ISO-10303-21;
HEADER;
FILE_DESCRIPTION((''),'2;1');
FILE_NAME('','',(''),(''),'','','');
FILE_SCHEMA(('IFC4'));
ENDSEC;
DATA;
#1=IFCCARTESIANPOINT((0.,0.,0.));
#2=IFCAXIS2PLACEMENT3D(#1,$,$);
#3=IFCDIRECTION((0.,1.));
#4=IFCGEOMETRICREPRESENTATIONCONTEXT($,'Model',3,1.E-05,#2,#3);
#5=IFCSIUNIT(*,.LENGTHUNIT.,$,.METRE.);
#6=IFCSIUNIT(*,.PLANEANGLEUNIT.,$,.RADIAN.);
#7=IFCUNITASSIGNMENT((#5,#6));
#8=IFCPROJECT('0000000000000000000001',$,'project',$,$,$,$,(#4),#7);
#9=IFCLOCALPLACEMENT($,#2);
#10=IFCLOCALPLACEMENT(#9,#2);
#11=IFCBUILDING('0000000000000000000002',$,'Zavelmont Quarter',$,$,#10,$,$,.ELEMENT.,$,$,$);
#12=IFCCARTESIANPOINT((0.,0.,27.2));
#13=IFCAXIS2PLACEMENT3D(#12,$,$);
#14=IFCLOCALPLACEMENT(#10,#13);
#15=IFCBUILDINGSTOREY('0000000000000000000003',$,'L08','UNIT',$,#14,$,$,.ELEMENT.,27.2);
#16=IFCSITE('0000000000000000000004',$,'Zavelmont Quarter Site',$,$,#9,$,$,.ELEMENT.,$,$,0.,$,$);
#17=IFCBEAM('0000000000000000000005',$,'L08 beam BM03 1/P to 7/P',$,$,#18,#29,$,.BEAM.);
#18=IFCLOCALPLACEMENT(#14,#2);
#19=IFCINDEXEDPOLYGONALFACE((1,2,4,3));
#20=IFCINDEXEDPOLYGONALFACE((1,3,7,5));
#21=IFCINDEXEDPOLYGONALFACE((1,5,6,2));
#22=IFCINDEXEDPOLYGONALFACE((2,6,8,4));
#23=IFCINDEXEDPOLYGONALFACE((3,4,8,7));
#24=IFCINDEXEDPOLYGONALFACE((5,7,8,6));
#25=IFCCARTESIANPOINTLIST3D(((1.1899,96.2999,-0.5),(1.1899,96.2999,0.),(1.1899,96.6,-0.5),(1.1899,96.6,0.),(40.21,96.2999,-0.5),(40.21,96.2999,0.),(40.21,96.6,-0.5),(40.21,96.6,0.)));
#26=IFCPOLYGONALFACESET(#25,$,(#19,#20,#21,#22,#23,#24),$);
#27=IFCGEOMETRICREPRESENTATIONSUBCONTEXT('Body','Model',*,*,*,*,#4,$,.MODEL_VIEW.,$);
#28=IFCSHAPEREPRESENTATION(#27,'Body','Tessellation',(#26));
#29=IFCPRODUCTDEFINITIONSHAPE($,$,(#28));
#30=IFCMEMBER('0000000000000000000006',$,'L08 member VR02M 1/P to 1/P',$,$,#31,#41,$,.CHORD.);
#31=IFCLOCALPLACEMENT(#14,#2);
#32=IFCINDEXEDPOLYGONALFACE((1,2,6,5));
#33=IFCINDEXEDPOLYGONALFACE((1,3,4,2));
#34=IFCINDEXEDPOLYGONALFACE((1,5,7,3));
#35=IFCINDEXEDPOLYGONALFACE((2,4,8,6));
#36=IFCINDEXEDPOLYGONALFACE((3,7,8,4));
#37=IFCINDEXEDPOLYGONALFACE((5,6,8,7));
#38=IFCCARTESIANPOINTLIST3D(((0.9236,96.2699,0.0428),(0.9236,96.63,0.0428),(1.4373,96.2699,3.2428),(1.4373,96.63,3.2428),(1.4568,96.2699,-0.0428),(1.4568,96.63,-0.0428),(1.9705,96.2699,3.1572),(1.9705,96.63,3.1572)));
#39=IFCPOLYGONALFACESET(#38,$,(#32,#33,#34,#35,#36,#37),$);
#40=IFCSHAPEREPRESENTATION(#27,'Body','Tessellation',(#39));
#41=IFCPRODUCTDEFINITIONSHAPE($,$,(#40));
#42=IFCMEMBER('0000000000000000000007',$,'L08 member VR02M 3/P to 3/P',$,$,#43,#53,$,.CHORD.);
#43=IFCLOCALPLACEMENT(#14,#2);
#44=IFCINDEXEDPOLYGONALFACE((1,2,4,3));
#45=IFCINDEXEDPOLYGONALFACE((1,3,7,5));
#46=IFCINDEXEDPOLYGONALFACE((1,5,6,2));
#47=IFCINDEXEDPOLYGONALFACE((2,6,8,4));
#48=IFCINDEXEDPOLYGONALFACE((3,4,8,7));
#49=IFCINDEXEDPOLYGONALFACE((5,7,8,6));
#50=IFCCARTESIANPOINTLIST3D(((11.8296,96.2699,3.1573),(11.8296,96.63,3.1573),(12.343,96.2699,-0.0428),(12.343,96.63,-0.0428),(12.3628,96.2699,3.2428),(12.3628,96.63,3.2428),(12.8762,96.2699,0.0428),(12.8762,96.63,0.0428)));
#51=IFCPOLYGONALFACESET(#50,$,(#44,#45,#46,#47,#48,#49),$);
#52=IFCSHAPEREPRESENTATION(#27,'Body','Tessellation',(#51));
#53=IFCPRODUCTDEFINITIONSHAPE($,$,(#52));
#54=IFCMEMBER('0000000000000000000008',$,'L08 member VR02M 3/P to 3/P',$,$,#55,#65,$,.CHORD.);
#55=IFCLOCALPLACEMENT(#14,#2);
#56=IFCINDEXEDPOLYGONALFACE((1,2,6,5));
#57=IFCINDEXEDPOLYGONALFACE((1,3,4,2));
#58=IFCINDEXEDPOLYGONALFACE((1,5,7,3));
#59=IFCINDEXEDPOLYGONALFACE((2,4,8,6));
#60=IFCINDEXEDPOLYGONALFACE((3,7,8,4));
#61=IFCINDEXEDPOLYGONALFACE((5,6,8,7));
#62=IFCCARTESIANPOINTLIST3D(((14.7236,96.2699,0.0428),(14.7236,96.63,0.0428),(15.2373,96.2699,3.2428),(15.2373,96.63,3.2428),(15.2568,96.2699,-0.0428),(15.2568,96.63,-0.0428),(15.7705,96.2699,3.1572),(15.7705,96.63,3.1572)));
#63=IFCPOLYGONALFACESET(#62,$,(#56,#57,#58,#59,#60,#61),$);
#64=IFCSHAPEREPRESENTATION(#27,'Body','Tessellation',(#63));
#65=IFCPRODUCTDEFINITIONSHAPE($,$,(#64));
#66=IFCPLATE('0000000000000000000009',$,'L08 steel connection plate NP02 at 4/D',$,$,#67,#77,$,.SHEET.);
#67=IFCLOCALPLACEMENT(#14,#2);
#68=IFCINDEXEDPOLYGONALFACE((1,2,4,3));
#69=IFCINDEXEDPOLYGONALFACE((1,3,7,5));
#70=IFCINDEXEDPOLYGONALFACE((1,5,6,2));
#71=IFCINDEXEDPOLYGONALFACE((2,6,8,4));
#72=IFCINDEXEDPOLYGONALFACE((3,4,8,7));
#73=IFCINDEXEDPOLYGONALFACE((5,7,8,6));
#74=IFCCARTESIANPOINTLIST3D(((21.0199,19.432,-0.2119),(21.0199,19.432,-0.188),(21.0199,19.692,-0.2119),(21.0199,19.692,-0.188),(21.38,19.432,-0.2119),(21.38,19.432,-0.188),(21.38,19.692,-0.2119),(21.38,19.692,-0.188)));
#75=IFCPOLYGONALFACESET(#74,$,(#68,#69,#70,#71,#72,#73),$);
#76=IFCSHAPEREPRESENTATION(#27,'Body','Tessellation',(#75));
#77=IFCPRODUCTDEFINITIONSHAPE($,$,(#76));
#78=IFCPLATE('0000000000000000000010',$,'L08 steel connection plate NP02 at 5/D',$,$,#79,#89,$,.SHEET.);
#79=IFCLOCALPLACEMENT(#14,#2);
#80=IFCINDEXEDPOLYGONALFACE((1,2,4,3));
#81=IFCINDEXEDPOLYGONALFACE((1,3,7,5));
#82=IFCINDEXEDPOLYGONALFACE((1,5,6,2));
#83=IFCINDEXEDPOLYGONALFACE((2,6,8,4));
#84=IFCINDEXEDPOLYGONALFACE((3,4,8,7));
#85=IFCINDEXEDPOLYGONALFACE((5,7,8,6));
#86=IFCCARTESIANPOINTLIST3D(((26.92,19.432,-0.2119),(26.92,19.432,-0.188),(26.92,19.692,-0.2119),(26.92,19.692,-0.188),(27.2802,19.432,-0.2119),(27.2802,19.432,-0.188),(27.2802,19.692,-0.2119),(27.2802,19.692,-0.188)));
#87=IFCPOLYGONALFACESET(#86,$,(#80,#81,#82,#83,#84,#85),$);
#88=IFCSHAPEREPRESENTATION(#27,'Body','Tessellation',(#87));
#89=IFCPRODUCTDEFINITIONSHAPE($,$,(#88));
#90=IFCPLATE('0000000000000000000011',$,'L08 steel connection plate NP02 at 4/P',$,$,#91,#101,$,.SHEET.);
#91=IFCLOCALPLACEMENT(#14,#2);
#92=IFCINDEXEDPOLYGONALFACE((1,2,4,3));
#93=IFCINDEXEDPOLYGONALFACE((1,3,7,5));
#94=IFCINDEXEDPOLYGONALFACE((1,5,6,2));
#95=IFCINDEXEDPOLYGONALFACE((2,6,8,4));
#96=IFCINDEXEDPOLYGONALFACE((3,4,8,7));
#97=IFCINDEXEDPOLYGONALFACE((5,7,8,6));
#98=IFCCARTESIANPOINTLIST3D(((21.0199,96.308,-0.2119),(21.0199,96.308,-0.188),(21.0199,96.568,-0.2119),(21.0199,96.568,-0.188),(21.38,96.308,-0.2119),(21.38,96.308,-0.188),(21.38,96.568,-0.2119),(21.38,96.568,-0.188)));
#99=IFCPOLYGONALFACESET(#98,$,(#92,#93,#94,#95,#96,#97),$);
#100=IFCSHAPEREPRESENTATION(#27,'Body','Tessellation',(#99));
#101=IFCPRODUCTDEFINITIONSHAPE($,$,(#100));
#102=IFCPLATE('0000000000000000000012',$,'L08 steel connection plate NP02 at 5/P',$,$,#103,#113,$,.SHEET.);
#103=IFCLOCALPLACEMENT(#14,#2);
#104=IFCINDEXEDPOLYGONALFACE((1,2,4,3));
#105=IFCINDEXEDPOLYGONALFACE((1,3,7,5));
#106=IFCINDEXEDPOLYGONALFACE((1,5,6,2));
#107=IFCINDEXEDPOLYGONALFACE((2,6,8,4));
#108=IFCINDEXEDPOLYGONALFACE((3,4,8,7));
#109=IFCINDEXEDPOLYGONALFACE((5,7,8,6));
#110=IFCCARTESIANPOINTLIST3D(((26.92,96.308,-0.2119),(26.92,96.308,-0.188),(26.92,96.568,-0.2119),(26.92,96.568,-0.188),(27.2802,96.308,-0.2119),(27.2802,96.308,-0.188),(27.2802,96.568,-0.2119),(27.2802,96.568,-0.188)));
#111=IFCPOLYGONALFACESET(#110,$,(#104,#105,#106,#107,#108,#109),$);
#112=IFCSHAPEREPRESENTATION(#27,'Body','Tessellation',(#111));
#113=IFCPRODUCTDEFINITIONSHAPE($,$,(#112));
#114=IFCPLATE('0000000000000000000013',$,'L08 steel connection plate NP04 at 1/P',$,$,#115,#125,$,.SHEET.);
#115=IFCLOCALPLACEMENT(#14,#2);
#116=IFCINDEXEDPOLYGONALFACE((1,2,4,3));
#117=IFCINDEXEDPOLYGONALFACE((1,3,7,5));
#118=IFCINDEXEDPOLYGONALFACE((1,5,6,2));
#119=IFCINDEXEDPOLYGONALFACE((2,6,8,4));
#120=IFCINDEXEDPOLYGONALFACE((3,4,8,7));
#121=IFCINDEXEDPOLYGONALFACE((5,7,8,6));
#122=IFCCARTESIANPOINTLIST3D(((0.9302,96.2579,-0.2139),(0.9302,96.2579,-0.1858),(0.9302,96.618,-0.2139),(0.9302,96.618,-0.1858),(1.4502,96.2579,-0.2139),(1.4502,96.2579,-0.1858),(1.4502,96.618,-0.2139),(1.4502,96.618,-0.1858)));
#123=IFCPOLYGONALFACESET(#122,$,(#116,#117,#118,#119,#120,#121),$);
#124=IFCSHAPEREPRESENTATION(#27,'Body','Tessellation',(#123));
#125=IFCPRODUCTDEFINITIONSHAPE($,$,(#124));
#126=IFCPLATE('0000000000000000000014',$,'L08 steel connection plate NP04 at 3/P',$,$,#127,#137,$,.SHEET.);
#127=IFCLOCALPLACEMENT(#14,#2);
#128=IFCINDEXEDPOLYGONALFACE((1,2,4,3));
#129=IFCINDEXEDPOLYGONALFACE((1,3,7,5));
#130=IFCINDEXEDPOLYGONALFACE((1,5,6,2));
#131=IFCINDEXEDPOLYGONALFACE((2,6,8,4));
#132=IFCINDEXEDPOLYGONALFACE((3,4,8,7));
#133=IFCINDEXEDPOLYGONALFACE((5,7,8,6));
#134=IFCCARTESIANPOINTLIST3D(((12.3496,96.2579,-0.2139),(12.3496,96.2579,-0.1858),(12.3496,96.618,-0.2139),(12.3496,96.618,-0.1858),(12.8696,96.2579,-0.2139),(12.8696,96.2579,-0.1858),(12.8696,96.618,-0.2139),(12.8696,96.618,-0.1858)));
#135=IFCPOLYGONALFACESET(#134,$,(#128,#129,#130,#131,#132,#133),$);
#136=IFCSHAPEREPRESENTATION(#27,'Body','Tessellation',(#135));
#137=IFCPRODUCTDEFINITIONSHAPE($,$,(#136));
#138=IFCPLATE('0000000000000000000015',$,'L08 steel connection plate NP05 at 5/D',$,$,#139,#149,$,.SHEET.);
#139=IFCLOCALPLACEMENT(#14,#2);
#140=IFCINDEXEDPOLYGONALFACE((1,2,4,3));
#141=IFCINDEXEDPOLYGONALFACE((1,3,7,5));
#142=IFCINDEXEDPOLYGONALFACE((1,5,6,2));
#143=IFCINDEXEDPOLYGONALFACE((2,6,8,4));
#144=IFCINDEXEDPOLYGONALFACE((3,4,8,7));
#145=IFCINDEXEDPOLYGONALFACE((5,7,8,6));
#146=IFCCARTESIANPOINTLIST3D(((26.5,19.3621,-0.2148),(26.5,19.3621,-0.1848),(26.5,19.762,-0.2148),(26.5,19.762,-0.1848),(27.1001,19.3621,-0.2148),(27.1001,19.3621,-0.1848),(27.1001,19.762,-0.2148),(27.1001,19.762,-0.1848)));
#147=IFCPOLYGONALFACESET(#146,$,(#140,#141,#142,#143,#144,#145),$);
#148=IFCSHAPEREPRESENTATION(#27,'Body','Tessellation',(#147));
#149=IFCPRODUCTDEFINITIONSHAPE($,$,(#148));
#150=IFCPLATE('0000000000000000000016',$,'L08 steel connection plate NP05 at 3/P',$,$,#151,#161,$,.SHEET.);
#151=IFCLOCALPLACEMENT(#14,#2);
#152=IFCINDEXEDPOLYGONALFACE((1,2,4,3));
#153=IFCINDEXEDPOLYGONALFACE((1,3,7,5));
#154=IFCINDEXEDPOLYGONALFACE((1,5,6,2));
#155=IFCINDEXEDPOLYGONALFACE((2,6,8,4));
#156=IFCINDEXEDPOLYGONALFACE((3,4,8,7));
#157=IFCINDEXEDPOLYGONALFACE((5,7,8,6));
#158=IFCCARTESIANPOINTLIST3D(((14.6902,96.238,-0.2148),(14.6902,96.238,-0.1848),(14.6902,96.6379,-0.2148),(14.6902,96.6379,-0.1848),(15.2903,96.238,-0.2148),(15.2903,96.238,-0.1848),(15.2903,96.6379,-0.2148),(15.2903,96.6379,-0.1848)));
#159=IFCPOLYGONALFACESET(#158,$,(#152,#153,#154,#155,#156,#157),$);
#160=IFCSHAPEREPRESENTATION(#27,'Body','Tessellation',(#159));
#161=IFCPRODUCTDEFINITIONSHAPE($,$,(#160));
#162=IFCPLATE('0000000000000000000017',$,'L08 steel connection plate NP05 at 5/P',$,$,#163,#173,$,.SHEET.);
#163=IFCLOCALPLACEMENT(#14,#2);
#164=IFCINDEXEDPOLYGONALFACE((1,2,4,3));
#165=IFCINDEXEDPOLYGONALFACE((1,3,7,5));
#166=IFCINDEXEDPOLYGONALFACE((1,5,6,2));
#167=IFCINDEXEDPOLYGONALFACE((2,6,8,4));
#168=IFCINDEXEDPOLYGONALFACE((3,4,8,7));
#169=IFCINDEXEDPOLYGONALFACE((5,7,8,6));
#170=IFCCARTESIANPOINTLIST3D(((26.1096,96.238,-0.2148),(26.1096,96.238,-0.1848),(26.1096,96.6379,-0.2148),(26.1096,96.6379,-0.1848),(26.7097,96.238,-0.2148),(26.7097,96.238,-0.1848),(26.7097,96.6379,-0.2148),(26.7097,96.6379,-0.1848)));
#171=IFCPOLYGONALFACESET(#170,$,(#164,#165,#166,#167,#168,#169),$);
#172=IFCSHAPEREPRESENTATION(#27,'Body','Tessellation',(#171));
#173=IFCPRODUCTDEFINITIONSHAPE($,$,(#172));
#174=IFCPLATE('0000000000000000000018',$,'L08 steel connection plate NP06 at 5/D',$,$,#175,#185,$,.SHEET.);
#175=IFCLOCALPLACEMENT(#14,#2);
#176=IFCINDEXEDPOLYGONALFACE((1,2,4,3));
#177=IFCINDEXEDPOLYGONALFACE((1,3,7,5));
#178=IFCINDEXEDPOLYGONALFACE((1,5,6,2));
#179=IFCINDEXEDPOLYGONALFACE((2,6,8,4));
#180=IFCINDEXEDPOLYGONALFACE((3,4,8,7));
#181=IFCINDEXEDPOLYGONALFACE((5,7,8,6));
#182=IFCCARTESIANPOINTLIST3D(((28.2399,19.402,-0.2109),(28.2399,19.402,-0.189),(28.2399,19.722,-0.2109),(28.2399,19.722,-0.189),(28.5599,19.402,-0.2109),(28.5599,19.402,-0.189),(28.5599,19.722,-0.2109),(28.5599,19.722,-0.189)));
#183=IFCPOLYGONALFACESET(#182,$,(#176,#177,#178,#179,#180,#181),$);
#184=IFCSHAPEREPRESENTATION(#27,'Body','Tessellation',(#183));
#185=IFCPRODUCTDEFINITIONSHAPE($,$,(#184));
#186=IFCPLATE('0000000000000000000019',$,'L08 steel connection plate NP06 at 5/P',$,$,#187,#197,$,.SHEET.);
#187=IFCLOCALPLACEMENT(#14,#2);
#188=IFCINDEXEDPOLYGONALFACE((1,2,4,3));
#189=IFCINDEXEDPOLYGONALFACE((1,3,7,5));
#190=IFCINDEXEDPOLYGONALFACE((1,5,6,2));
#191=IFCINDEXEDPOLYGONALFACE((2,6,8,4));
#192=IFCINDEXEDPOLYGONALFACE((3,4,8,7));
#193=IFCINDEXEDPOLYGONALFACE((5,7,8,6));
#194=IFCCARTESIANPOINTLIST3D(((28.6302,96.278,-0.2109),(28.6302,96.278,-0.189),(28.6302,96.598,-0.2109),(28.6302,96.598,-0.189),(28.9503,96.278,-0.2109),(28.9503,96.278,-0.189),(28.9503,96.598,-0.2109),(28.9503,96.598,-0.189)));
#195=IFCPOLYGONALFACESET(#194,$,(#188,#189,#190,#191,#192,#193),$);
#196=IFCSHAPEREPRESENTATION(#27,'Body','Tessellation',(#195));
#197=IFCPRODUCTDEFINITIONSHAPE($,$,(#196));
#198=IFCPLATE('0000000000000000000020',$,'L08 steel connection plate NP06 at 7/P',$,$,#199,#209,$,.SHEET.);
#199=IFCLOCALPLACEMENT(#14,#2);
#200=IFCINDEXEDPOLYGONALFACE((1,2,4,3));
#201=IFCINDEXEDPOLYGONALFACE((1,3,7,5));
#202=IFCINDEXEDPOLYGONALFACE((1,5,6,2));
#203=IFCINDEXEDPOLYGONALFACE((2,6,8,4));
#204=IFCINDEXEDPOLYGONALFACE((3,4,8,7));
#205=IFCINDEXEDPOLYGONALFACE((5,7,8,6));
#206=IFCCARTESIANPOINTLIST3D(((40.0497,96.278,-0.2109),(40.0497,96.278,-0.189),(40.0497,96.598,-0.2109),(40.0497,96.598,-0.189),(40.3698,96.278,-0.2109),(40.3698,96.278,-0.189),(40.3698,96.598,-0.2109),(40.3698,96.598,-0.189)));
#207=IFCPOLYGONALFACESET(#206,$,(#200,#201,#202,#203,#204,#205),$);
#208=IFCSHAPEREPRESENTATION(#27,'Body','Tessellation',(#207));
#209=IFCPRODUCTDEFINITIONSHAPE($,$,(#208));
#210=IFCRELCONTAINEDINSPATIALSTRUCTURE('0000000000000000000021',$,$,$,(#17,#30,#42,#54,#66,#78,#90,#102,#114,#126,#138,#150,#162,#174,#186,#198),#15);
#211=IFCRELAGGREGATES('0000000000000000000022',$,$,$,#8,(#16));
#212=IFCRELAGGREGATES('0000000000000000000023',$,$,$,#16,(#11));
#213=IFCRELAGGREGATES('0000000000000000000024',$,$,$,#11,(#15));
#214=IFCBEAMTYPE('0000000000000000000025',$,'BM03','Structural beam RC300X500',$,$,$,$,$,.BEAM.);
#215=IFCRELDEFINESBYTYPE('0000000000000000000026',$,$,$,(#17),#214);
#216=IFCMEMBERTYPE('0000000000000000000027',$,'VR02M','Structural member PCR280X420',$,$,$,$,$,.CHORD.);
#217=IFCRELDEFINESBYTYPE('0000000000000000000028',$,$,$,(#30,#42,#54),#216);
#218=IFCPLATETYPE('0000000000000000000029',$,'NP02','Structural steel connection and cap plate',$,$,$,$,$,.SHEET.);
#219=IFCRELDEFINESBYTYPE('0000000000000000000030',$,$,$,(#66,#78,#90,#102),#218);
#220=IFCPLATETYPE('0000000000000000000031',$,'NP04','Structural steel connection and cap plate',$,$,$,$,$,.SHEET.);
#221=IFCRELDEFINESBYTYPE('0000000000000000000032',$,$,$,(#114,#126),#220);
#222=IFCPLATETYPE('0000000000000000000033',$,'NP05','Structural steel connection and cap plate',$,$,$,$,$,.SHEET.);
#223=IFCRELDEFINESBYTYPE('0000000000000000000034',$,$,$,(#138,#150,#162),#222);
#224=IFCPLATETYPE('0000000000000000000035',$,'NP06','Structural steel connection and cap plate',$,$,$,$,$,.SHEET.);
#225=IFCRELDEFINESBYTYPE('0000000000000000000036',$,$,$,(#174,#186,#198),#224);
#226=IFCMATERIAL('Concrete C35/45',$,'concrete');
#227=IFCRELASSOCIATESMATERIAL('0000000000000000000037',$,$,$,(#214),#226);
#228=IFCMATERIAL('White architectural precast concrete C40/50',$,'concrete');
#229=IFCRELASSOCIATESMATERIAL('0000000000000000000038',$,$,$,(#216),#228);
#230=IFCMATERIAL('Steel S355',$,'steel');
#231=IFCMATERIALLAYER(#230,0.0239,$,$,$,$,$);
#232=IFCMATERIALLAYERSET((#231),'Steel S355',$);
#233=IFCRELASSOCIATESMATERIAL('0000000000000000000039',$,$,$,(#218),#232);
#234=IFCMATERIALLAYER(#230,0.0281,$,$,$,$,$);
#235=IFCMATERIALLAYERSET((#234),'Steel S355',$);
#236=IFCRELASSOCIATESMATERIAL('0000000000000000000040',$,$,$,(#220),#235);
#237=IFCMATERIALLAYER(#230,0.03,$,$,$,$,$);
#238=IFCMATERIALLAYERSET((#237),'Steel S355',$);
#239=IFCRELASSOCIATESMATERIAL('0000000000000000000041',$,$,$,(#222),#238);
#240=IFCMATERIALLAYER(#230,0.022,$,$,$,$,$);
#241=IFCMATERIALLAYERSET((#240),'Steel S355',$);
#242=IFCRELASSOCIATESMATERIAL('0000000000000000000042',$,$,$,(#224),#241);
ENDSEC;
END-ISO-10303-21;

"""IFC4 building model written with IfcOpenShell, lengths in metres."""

from ifc_helpers import new_model, si_unit, direction, frame, origin, origin_2d, place, context, subcontext, project, spatial, rectangle, extrude, material, layer, layer_set, material_profile, profile_set, type_object, element, save


model = new_model("IFC4")

# Units and contexts
model_context = context("Model", 3, precision=1e-05, world=origin(), true_north=direction((0.0, 1.0)))
body_context = subcontext(model_context, "Body", "Model", "MODEL_VIEW")
ifc_project = project(units=[si_unit("LENGTHUNIT", "METRE"), si_unit("PLANEANGLEUNIT", "RADIAN")], contexts=[model_context])

# Site, building, storey
site_placement = place(None, origin())
site = spatial("IfcSite", under=ifc_project, at=site_placement, Name="Zavelmont Quarter Site", CompositionType="ELEMENT", RefElevation=0.0)
building_placement = place(site_placement, origin())
building = spatial("IfcBuilding", under=site, at=building_placement, Name="Zavelmont Quarter", CompositionType="ELEMENT")
storey_placement = place(building_placement, frame((0.0, 0.0, 27.2)))
storey = spatial("IfcBuildingStorey", under=building, at=storey_placement, Name="L08", Description="UNIT", CompositionType="ELEMENT", Elevation=27.2)

# Beam
ifc_material_1 = material(Name="Concrete C35/45", Category="concrete")
ifc_material_profile_1 = material_profile(ifc_material_1, rectangle(XDim=0.3, YDim=0.5, at=origin_2d()), Name="RC300X500")
ifc_profile_set_1 = profile_set([ifc_material_profile_1], Name="Concrete C35/45")
beam_type = type_object("IfcBeamType", Name="BM03", Description="Structural beam RC300X500", PredefinedType="BEAM", material=ifc_profile_set_1)
beam_placement = place(storey_placement, frame((1.1899, 96.45, -0.25), z_axis=(1.0, 0.0, 0.0), x_axis=(0.0, 1.0, 0.0)))
element("IfcBeam", 1, at=beam_placement, inside=storey, type_object=beam_type, Name="L08 beam BM03 1/P to 7/P", PredefinedType="BEAM", context=body_context, shape_type="SweptSolid", body=[
    extrude(rectangle(XDim=0.3, YDim=0.5, at=origin_2d()), origin(), (0.0, 0.0, 1.0), 39.02),
])

# Members
ifc_material_2 = material(Name="White architectural precast concrete C40/50", Category="concrete")
ifc_material_profile_2 = material_profile(ifc_material_2, rectangle(XDim=0.3601, YDim=0.54, at=origin_2d()), Name="PCR280X420")
ifc_profile_set_2 = profile_set([ifc_material_profile_2], Name="White architectural precast concrete C40/50")
member_type = type_object("IfcMemberType", Name="VR02M", Description="Structural member PCR280X420", PredefinedType="CHORD", material=ifc_profile_set_2)
for number, where, z_axis, x_axis, name in (
    (2, (1.1902, 96.45, 0.0), (0.158496, 0.0, 0.98736), (0.0, 1.0, 0.0), "L08 member VR02M 1/P to 1/P"),
    (3, (12.6096, 96.45, 0.0), (-0.158422, 0.0, 0.987371), (0.0, -1.0, 0.0), "L08 member VR02M 3/P to 3/P"),
    (4, (14.9902, 96.45, 0.0), (0.158496, 0.0, 0.98736), (0.0, 1.0, 0.0), "L08 member VR02M 3/P to 3/P"),
):
    element("IfcMember", number, at=place(storey_placement, frame(where, z_axis=z_axis, x_axis=x_axis)), inside=storey, type_object=member_type, Name=name, PredefinedType="CHORD", context=body_context, shape_type="SweptSolid", body=[
        extrude(rectangle(XDim=0.3601, YDim=0.54, at=origin_2d()), origin(), (0.0, 0.0, 1.0), 3.241),
    ])

# Plates
ifc_material_3 = material(Name="Steel S355", Category="steel")
ifc_layer_1 = layer(ifc_material_3, 0.0239)
ifc_layer_set_1 = layer_set([ifc_layer_1], Name="Steel S355")
plate_type_1 = type_object("IfcPlateType", Name="NP02", Description="Structural steel connection and cap plate", PredefinedType="SHEET", material=ifc_layer_set_1)
for number, where, z_axis, x_axis, name in (
    (5, (21.2, 19.562, -0.2119), (0.0, 0.0, 1.0), (1.0, 0.0, 0.0), "L08 steel connection plate NP02 at 4/D"),
    (6, (27.1001, 19.562, -0.2119), (0.0, 0.0, 1.0), (1.0, 0.0, 0.0), "L08 steel connection plate NP02 at 5/D"),
    (7, (21.2, 96.438, -0.2119), (0.0, 0.0, 1.0), (1.0, 0.0, 0.0), "L08 steel connection plate NP02 at 4/P"),
    (8, (27.1001, 96.438, -0.2119), (0.0, 0.0, 1.0), (1.0, 0.0, 0.0), "L08 steel connection plate NP02 at 5/P"),
):
    element("IfcPlate", number, at=place(storey_placement, frame(where, z_axis=z_axis, x_axis=x_axis)), inside=storey, type_object=plate_type_1, Name=name, PredefinedType="SHEET", context=body_context, shape_type="SweptSolid", body=[
        extrude(rectangle(XDim=0.3601, YDim=0.26, at=origin_2d()), origin(), (0.0, 0.0, 1.0), 0.0239),
    ])
ifc_layer_2 = layer(ifc_material_3, 0.0281)
ifc_layer_set_2 = layer_set([ifc_layer_2], Name="Steel S355")
plate_type_2 = type_object("IfcPlateType", Name="NP04", Description="Structural steel connection and cap plate", PredefinedType="SHEET", material=ifc_layer_set_2)
for number, where, z_axis, x_axis, name in (
    (9, (1.1902, 96.438, -0.2139), (0.0, 0.0, 1.0), (1.0, 0.0, 0.0), "L08 steel connection plate NP04 at 1/P"),
    (10, (12.6096, 96.438, -0.2139), (0.0, 0.0, 1.0), (1.0, 0.0, 0.0), "L08 steel connection plate NP04 at 3/P"),
):
    element("IfcPlate", number, at=place(storey_placement, frame(where, z_axis=z_axis, x_axis=x_axis)), inside=storey, type_object=plate_type_2, Name=name, PredefinedType="SHEET", context=body_context, shape_type="SweptSolid", body=[
        extrude(rectangle(XDim=0.52, YDim=0.3601, at=origin_2d()), origin(), (0.0, 0.0, 1.0), 0.0281),
    ])
ifc_layer_3 = layer(ifc_material_3, 0.03)
ifc_layer_set_3 = layer_set([ifc_layer_3], Name="Steel S355")
plate_type_3 = type_object("IfcPlateType", Name="NP05", Description="Structural steel connection and cap plate", PredefinedType="SHEET", material=ifc_layer_set_3)
for number, where, z_axis, x_axis, name in (
    (11, (26.8, 19.562, -0.2148), (0.0, 0.0, 1.0), (1.0, 0.0, 0.0), "L08 steel connection plate NP05 at 5/D"),
    (12, (14.9902, 96.438, -0.2148), (0.0, 0.0, 1.0), (1.0, 0.0, 0.0), "L08 steel connection plate NP05 at 3/P"),
    (13, (26.4097, 96.438, -0.2148), (0.0, 0.0, 1.0), (1.0, 0.0, 0.0), "L08 steel connection plate NP05 at 5/P"),
):
    element("IfcPlate", number, at=place(storey_placement, frame(where, z_axis=z_axis, x_axis=x_axis)), inside=storey, type_object=plate_type_3, Name=name, PredefinedType="SHEET", context=body_context, shape_type="SweptSolid", body=[
        extrude(rectangle(XDim=0.6001, YDim=0.3999, at=origin_2d()), origin(), (0.0, 0.0, 1.0), 0.03),
    ])
ifc_layer_4 = layer(ifc_material_3, 0.022)
ifc_layer_set_4 = layer_set([ifc_layer_4], Name="Steel S355")
plate_type_4 = type_object("IfcPlateType", Name="NP06", Description="Structural steel connection and cap plate", PredefinedType="SHEET", material=ifc_layer_set_4)
for number, where, z_axis, x_axis, name in (
    (14, (28.3999, 19.562, -0.2109), (0.0, 0.0, 1.0), (1.0, 0.0, 0.0), "L08 steel connection plate NP06 at 5/D"),
    (15, (28.7903, 96.438, -0.2109), (0.0, 0.0, 1.0), (1.0, 0.0, 0.0), "L08 steel connection plate NP06 at 5/P"),
    (16, (40.2097, 96.438, -0.2109), (0.0, 0.0, 1.0), (1.0, 0.0, 0.0), "L08 steel connection plate NP06 at 7/P"),
):
    element("IfcPlate", number, at=place(storey_placement, frame(where, z_axis=z_axis, x_axis=x_axis)), inside=storey, type_object=plate_type_4, Name=name, PredefinedType="SHEET", context=body_context, shape_type="SweptSolid", body=[
        extrude(rectangle(XDim=0.3201, YDim=0.3201, at=origin_2d()), origin(), (0.0, 0.0, 1.0), 0.022),
    ])

save(model, "model.ifc")
